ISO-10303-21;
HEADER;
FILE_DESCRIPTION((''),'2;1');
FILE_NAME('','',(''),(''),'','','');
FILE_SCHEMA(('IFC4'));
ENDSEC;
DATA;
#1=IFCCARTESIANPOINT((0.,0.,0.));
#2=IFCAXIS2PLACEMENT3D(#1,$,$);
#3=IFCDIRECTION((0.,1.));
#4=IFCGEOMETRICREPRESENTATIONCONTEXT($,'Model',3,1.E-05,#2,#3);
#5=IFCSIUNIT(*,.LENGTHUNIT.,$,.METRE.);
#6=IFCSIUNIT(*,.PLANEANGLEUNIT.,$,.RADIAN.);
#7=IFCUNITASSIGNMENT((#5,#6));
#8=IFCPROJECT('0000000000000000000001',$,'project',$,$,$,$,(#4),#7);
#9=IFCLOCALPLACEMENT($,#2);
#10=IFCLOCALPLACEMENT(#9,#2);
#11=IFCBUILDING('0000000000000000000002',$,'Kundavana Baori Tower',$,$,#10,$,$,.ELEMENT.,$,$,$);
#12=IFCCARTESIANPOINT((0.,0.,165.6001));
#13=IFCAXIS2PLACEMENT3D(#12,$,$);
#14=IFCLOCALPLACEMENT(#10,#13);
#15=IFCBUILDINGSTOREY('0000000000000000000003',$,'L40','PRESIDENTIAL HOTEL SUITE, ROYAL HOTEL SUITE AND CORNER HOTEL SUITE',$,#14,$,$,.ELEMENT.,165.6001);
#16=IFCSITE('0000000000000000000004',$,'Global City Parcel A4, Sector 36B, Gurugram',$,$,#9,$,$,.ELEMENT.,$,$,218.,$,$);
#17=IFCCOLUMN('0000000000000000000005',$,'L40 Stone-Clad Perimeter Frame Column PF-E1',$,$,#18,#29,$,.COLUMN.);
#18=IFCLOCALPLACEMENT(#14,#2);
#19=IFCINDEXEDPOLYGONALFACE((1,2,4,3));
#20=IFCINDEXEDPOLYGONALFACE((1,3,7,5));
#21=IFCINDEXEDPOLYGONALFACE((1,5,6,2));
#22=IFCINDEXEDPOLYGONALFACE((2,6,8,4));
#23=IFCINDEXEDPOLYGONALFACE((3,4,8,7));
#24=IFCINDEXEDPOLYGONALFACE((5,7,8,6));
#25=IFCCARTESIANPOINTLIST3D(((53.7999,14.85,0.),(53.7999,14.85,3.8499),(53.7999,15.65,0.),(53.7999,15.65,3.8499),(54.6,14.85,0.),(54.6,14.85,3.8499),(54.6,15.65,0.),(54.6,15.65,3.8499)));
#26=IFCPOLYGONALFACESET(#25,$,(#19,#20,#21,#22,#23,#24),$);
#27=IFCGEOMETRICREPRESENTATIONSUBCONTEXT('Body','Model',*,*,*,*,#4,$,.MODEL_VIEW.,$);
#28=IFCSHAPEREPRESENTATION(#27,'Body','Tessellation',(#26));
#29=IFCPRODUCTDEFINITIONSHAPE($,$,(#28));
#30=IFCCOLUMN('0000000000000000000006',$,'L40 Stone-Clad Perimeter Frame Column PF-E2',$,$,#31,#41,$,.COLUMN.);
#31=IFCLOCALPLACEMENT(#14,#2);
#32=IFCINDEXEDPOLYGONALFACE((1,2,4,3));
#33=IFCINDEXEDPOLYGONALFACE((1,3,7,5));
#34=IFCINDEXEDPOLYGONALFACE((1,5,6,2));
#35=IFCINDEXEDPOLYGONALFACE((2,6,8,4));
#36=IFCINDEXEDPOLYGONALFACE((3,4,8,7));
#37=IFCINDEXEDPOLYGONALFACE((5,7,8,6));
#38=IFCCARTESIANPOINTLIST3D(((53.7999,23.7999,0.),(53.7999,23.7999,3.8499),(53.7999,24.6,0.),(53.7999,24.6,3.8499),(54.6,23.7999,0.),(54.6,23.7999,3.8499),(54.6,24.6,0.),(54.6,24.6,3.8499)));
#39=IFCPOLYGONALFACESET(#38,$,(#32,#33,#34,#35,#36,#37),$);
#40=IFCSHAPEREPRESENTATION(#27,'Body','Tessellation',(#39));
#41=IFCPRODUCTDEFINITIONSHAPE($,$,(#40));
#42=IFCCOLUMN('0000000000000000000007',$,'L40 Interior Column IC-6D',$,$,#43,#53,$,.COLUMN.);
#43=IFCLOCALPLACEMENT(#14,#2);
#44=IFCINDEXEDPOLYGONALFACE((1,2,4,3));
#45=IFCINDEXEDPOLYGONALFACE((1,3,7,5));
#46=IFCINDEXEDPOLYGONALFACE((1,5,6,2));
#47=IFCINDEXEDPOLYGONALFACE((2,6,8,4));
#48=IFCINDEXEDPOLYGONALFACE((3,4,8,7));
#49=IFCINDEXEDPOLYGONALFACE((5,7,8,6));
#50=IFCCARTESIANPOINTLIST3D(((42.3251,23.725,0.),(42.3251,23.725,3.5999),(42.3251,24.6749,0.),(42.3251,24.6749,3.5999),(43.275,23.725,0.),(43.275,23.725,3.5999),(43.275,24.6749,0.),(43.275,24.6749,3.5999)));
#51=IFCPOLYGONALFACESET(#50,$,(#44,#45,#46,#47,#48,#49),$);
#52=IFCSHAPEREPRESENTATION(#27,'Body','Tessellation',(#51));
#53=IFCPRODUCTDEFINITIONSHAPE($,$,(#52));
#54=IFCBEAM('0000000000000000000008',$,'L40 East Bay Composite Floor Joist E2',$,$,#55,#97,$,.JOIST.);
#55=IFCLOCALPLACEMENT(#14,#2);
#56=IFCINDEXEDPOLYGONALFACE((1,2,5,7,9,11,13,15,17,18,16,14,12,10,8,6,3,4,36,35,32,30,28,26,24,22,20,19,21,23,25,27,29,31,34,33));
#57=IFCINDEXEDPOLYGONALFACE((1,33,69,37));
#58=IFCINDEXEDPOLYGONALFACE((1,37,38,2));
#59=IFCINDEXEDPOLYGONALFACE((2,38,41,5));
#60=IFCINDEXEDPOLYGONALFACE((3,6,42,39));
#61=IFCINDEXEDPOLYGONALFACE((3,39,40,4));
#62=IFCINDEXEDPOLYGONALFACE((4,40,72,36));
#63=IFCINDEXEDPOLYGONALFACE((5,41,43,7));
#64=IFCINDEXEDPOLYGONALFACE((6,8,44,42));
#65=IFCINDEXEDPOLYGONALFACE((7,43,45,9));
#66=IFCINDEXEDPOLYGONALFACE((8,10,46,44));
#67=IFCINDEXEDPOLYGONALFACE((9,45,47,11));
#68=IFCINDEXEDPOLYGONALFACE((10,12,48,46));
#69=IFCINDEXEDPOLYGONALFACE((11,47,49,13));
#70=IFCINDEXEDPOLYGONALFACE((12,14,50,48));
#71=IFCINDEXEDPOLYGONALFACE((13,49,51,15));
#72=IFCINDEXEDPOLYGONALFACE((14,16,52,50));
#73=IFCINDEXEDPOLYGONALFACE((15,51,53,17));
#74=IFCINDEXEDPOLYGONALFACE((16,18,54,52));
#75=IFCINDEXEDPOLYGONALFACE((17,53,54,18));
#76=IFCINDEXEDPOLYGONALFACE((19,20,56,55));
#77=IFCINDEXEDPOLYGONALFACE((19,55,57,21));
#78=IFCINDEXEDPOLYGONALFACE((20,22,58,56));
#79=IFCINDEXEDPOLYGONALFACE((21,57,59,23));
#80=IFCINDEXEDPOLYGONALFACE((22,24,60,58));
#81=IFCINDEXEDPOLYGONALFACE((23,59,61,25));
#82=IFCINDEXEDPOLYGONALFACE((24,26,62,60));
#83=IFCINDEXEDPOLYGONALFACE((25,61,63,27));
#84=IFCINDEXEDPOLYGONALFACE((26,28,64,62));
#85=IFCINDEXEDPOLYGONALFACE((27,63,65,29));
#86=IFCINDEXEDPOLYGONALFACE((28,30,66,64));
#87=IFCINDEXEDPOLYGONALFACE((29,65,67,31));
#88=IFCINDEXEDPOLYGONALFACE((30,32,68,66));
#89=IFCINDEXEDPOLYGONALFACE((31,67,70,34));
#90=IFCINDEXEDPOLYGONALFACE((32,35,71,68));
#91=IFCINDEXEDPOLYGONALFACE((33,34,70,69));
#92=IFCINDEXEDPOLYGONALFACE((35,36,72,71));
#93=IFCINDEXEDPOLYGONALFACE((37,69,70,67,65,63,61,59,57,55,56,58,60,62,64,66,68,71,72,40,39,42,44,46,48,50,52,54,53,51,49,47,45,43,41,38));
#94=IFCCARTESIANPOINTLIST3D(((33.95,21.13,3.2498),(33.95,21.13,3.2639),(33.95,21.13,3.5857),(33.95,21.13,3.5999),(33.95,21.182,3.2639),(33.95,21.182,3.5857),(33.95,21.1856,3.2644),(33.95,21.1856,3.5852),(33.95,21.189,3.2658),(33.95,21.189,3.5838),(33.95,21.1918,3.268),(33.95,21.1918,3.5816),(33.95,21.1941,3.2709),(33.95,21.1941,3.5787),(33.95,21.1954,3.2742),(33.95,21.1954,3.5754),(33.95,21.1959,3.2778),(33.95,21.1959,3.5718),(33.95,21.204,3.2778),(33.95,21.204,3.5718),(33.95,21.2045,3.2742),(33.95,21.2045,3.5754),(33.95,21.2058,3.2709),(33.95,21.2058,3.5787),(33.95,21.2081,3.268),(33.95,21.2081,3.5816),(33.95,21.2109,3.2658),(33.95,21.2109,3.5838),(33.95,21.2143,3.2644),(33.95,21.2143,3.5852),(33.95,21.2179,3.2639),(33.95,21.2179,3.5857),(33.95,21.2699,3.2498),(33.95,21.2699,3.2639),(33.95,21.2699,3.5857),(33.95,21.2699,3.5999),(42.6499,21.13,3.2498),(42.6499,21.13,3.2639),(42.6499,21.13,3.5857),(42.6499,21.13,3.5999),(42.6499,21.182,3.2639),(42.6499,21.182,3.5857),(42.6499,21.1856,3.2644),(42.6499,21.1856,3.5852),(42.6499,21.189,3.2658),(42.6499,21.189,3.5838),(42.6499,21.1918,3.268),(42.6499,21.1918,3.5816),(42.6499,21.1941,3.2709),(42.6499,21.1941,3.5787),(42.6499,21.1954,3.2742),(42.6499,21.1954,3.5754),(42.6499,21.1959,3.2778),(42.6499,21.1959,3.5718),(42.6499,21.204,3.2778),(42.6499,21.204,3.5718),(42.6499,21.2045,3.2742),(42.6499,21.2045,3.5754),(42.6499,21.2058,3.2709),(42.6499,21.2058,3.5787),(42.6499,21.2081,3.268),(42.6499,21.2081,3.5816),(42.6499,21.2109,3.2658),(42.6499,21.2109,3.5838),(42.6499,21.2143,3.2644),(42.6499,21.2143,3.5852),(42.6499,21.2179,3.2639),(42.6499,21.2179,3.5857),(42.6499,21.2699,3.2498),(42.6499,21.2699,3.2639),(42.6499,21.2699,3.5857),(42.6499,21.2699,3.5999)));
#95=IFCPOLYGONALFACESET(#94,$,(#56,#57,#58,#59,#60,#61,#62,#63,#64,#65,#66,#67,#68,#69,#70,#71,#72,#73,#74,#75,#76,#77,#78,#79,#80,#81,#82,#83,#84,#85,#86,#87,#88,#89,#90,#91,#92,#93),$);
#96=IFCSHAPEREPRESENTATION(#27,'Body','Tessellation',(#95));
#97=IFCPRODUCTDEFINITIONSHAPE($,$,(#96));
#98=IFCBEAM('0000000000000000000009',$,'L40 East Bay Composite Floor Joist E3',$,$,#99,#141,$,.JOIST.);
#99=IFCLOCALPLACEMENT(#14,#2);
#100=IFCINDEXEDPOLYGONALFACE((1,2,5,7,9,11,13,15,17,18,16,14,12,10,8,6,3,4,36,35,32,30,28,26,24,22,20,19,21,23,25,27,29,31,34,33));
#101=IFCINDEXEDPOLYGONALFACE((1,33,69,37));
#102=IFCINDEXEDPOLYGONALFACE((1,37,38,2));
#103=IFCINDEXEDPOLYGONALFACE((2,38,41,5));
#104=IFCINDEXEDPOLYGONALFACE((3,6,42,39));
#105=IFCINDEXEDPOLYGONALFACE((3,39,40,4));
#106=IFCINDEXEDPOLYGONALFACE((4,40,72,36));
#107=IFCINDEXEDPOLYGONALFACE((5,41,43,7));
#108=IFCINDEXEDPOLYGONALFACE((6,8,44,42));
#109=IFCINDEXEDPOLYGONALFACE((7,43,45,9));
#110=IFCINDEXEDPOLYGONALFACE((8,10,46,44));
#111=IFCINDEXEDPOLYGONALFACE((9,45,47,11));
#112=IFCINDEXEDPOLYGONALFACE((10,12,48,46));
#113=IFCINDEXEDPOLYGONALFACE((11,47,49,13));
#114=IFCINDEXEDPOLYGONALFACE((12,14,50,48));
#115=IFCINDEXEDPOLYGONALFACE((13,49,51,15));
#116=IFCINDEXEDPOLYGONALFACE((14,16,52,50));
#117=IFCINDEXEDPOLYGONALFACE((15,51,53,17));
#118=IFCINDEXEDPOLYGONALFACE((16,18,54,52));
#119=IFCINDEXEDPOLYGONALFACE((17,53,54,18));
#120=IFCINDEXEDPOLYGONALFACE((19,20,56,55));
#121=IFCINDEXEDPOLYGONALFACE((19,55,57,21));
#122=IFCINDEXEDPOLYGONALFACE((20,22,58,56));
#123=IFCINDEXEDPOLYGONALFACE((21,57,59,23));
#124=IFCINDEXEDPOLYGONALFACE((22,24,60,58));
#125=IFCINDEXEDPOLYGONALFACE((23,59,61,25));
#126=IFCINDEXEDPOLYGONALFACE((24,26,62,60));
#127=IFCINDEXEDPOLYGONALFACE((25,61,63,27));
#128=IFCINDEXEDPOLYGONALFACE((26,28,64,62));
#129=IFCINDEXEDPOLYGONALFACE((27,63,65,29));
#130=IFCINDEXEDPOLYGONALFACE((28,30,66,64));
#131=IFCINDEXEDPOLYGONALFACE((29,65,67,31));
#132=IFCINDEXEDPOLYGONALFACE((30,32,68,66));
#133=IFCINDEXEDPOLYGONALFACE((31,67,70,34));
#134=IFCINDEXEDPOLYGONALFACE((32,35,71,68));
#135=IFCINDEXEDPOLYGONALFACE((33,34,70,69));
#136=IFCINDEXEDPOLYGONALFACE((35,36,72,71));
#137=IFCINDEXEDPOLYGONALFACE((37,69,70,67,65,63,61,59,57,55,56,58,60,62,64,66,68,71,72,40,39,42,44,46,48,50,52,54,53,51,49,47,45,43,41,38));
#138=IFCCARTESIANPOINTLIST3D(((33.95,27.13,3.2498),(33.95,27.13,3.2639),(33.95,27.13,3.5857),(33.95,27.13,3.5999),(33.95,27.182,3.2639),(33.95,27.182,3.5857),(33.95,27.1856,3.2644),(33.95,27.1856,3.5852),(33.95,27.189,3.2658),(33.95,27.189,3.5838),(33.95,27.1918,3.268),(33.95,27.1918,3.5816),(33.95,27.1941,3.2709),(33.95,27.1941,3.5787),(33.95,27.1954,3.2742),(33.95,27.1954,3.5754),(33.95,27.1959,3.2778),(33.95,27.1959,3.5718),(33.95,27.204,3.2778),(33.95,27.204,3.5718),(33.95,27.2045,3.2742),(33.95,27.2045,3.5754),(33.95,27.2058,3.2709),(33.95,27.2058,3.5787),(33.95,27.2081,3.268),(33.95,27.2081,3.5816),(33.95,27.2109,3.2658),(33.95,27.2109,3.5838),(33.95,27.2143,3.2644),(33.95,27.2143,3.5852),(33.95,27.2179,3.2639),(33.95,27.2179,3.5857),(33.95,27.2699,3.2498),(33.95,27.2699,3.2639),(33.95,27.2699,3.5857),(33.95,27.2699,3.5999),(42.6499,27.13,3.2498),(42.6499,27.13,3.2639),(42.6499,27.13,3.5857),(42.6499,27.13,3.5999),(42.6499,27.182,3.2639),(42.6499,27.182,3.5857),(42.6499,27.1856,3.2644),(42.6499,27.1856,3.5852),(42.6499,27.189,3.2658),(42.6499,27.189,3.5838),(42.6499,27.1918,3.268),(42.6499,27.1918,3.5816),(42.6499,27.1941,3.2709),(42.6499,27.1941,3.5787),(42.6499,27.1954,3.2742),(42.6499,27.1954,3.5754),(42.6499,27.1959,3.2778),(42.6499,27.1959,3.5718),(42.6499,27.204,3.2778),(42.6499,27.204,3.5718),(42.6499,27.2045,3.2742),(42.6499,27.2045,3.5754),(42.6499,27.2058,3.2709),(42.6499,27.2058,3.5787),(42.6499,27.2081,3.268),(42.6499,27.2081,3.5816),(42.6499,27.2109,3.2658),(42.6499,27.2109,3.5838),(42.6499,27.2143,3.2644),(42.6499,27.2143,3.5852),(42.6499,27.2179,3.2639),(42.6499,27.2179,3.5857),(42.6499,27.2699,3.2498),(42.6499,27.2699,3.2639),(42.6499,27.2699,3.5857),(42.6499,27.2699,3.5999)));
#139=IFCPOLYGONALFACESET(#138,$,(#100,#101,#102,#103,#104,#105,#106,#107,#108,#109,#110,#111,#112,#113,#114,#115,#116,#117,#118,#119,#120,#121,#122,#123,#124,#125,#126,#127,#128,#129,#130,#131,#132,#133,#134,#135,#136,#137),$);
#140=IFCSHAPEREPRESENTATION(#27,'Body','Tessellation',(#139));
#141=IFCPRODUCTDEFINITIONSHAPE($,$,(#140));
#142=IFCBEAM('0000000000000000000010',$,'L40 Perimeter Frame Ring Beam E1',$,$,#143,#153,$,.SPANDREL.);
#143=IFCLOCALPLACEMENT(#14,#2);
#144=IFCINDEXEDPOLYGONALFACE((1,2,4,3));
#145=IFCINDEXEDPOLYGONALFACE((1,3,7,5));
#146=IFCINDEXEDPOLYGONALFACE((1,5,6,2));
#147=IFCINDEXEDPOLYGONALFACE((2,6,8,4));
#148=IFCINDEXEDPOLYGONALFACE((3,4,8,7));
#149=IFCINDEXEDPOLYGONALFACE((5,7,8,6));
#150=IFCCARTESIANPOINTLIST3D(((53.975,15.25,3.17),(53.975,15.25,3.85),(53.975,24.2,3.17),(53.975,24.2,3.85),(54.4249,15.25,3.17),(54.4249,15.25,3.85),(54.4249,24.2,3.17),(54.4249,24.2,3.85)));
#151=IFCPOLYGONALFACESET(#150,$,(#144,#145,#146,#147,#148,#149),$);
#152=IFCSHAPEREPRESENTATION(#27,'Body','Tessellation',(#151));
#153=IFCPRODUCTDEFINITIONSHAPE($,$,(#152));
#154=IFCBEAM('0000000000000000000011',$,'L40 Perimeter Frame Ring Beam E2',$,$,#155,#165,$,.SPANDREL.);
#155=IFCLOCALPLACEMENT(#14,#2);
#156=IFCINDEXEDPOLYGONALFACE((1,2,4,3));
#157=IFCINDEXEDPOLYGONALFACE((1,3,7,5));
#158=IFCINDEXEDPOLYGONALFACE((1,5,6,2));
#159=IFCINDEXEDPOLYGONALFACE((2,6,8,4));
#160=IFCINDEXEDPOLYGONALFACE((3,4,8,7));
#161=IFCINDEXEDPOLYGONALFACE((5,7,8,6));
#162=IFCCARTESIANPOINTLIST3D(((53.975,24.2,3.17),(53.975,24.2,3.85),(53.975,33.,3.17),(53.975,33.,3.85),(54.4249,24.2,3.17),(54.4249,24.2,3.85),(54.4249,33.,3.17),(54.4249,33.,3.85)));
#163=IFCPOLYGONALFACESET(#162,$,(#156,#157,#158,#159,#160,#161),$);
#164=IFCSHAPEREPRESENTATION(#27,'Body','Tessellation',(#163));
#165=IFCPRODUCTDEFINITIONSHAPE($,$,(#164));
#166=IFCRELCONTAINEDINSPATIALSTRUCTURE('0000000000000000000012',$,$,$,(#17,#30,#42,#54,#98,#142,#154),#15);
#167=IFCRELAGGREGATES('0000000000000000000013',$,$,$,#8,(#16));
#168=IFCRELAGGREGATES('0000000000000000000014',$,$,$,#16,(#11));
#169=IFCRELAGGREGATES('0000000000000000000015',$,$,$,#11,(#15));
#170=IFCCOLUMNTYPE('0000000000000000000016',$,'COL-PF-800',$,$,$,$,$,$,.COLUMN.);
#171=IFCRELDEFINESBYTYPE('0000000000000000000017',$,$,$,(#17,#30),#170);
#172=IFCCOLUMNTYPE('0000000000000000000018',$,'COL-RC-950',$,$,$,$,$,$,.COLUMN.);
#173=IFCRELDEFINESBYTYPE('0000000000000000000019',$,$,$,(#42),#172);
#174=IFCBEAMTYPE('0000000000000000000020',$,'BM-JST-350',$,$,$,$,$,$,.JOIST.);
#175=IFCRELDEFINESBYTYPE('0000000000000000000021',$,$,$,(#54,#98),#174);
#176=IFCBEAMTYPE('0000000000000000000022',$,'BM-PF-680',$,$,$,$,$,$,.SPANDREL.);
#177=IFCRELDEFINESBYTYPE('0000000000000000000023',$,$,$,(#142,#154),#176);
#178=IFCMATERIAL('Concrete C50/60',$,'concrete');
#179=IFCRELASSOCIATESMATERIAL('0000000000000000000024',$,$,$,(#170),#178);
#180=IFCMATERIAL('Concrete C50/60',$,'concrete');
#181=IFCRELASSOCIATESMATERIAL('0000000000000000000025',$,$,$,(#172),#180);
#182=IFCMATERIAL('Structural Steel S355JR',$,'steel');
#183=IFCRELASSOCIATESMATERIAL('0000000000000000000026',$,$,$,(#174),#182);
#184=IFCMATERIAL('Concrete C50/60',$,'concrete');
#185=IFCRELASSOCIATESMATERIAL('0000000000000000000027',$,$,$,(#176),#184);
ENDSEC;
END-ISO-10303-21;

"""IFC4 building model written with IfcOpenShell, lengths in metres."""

from ifc_helpers import new_model, si_unit, direction, frame, origin, origin_2d, place, context, subcontext, project, spatial, rectangle, i_section, extrude, material, material_profile, profile_set, type_object, element, save


model = new_model("IFC4")

# Units and contexts
model_context = context("Model", 3, precision=1e-05, world=origin(), true_north=direction((0.0, 1.0)))
body_context = subcontext(model_context, "Body", "Model", "MODEL_VIEW")
ifc_project = project(units=[si_unit("LENGTHUNIT", "METRE"), si_unit("PLANEANGLEUNIT", "RADIAN")], contexts=[model_context])

# Site, building, storey
site_placement = place(None, origin())
site = spatial("IfcSite", under=ifc_project, at=site_placement, Name="Global City Parcel A4, Sector 36B, Gurugram", CompositionType="ELEMENT", RefElevation=218.0)
building_placement = place(site_placement, origin())
building = spatial("IfcBuilding", under=site, at=building_placement, Name="Kundavana Baori Tower", CompositionType="ELEMENT")
storey_placement = place(building_placement, frame((0.0, 0.0, 165.6001)))
storey = spatial("IfcBuildingStorey", under=building, at=storey_placement, Name="L40", Description="PRESIDENTIAL HOTEL SUITE, ROYAL HOTEL SUITE AND CORNER HOTEL SUITE", CompositionType="ELEMENT", Elevation=165.6001)

# Columns
ifc_material_1 = material(Name="Concrete C50/60", Category="concrete")
ifc_material_profile_1 = material_profile(ifc_material_1, rectangle(XDim=0.8, YDim=0.8, at=origin_2d()), Name="RC PF 800x800")
ifc_profile_set_1 = profile_set([ifc_material_profile_1], Name="Concrete C50/60")
column_type_1 = type_object("IfcColumnType", Name="COL-PF-800", PredefinedType="COLUMN", material=ifc_profile_set_1)
for number, where, z_axis, x_axis, name in (
    (1, (54.2, 15.25, 0.0), (0.0, 0.0, 1.0), (1.0, 0.0, 0.0), "L40 Stone-Clad Perimeter Frame Column PF-E1"),
    (2, (54.2, 24.2, 0.0), (0.0, 0.0, 1.0), (1.0, 0.0, 0.0), "L40 Stone-Clad Perimeter Frame Column PF-E2"),
):
    element("IfcColumn", number, at=place(storey_placement, frame(where, z_axis=z_axis, x_axis=x_axis)), inside=storey, type_object=column_type_1, Name=name, PredefinedType="COLUMN", context=body_context, shape_type="SweptSolid", body=[
        extrude(rectangle(XDim=0.8, YDim=0.8, at=origin_2d()), origin(), (0.0, 0.0, 1.0), 3.8499),
    ])
ifc_material_2 = material(Name="Concrete C50/60", Category="concrete")
ifc_material_profile_2 = material_profile(ifc_material_2, rectangle(XDim=0.95, YDim=0.95, at=origin_2d()), Name="RC 950x950")
ifc_profile_set_2 = profile_set([ifc_material_profile_2], Name="Concrete C50/60")
column_type_2 = type_object("IfcColumnType", Name="COL-RC-950", PredefinedType="COLUMN", material=ifc_profile_set_2)
column_placement = place(storey_placement, frame((42.8, 24.2, 0.0), z_axis=(0.0, 0.0, 1.0), x_axis=(1.0, 0.0, 0.0)))
element("IfcColumn", 3, at=column_placement, inside=storey, type_object=column_type_2, Name="L40 Interior Column IC-6D", PredefinedType="COLUMN", context=body_context, shape_type="SweptSolid", body=[
    extrude(rectangle(XDim=0.95, YDim=0.95, at=origin_2d()), origin(), (0.0, 0.0, 1.0), 3.5999),
])

# Beams
ifc_material_3 = material(Name="Structural Steel S355JR", Category="steel")
ifc_material_profile_3 = material_profile(ifc_material_3, i_section(OverallWidth=0.1399, OverallDepth=0.3501, WebThickness=0.0081, FlangeThickness=0.0142, FilletRadius=0.0139, at=origin_2d()), Name="ISMB 350")
ifc_profile_set_3 = profile_set([ifc_material_profile_3], Name="Structural Steel S355JR")
beam_type_1 = type_object("IfcBeamType", Name="BM-JST-350", PredefinedType="JOIST", material=ifc_profile_set_3)
for number, where, z_axis, x_axis, name in (
    (4, (33.95, 21.2, 3.4248), (1.0, 0.0, 0.0), (0.0, 1.0, 0.0), "L40 East Bay Composite Floor Joist E2"),
    (5, (33.95, 27.2, 3.4248), (1.0, 0.0, 0.0), (0.0, 1.0, 0.0), "L40 East Bay Composite Floor Joist E3"),
):
    element("IfcBeam", number, at=place(storey_placement, frame(where, z_axis=z_axis, x_axis=x_axis)), inside=storey, type_object=beam_type_1, Name=name, PredefinedType="JOIST", context=body_context, shape_type="SweptSolid", body=[
        extrude(i_section(OverallWidth=0.1399, OverallDepth=0.3501, WebThickness=0.0081, FlangeThickness=0.0142, FilletRadius=0.0139, at=origin_2d()), origin(), (0.0, 0.0, 1.0), 8.7),
    ])
ifc_material_4 = material(Name="Concrete C50/60", Category="concrete")
ifc_material_profile_4 = material_profile(ifc_material_4, rectangle(XDim=0.45, YDim=0.6799, at=origin_2d()), Name="RC BM 450x680")
ifc_profile_set_4 = profile_set([ifc_material_profile_4], Name="Concrete C50/60")
beam_type_2 = type_object("IfcBeamType", Name="BM-PF-680", PredefinedType="SPANDREL", material=ifc_profile_set_4)
beam_1_placement = place(storey_placement, frame((54.2, 15.25, 3.51), z_axis=(0.0, 1.0, 0.0), x_axis=(-1.0, 0.0, 0.0)))
element("IfcBeam", 6, at=beam_1_placement, inside=storey, type_object=beam_type_2, Name="L40 Perimeter Frame Ring Beam E1", PredefinedType="SPANDREL", context=body_context, shape_type="SweptSolid", body=[
    extrude(rectangle(XDim=0.45, YDim=0.6799, at=origin_2d()), origin(), (0.0, 0.0, 1.0), 8.95),
])
beam_2_placement = place(storey_placement, frame((54.2, 24.2, 3.51), z_axis=(0.0, 1.0, 0.0), x_axis=(-1.0, 0.0, 0.0)))
element("IfcBeam", 7, at=beam_2_placement, inside=storey, type_object=beam_type_2, Name="L40 Perimeter Frame Ring Beam E2", PredefinedType="SPANDREL", context=body_context, shape_type="SweptSolid", body=[
    extrude(rectangle(XDim=0.45, YDim=0.6799, at=origin_2d()), origin(), (0.0, 0.0, 1.0), 8.8),
])

save(model, "model.ifc")
